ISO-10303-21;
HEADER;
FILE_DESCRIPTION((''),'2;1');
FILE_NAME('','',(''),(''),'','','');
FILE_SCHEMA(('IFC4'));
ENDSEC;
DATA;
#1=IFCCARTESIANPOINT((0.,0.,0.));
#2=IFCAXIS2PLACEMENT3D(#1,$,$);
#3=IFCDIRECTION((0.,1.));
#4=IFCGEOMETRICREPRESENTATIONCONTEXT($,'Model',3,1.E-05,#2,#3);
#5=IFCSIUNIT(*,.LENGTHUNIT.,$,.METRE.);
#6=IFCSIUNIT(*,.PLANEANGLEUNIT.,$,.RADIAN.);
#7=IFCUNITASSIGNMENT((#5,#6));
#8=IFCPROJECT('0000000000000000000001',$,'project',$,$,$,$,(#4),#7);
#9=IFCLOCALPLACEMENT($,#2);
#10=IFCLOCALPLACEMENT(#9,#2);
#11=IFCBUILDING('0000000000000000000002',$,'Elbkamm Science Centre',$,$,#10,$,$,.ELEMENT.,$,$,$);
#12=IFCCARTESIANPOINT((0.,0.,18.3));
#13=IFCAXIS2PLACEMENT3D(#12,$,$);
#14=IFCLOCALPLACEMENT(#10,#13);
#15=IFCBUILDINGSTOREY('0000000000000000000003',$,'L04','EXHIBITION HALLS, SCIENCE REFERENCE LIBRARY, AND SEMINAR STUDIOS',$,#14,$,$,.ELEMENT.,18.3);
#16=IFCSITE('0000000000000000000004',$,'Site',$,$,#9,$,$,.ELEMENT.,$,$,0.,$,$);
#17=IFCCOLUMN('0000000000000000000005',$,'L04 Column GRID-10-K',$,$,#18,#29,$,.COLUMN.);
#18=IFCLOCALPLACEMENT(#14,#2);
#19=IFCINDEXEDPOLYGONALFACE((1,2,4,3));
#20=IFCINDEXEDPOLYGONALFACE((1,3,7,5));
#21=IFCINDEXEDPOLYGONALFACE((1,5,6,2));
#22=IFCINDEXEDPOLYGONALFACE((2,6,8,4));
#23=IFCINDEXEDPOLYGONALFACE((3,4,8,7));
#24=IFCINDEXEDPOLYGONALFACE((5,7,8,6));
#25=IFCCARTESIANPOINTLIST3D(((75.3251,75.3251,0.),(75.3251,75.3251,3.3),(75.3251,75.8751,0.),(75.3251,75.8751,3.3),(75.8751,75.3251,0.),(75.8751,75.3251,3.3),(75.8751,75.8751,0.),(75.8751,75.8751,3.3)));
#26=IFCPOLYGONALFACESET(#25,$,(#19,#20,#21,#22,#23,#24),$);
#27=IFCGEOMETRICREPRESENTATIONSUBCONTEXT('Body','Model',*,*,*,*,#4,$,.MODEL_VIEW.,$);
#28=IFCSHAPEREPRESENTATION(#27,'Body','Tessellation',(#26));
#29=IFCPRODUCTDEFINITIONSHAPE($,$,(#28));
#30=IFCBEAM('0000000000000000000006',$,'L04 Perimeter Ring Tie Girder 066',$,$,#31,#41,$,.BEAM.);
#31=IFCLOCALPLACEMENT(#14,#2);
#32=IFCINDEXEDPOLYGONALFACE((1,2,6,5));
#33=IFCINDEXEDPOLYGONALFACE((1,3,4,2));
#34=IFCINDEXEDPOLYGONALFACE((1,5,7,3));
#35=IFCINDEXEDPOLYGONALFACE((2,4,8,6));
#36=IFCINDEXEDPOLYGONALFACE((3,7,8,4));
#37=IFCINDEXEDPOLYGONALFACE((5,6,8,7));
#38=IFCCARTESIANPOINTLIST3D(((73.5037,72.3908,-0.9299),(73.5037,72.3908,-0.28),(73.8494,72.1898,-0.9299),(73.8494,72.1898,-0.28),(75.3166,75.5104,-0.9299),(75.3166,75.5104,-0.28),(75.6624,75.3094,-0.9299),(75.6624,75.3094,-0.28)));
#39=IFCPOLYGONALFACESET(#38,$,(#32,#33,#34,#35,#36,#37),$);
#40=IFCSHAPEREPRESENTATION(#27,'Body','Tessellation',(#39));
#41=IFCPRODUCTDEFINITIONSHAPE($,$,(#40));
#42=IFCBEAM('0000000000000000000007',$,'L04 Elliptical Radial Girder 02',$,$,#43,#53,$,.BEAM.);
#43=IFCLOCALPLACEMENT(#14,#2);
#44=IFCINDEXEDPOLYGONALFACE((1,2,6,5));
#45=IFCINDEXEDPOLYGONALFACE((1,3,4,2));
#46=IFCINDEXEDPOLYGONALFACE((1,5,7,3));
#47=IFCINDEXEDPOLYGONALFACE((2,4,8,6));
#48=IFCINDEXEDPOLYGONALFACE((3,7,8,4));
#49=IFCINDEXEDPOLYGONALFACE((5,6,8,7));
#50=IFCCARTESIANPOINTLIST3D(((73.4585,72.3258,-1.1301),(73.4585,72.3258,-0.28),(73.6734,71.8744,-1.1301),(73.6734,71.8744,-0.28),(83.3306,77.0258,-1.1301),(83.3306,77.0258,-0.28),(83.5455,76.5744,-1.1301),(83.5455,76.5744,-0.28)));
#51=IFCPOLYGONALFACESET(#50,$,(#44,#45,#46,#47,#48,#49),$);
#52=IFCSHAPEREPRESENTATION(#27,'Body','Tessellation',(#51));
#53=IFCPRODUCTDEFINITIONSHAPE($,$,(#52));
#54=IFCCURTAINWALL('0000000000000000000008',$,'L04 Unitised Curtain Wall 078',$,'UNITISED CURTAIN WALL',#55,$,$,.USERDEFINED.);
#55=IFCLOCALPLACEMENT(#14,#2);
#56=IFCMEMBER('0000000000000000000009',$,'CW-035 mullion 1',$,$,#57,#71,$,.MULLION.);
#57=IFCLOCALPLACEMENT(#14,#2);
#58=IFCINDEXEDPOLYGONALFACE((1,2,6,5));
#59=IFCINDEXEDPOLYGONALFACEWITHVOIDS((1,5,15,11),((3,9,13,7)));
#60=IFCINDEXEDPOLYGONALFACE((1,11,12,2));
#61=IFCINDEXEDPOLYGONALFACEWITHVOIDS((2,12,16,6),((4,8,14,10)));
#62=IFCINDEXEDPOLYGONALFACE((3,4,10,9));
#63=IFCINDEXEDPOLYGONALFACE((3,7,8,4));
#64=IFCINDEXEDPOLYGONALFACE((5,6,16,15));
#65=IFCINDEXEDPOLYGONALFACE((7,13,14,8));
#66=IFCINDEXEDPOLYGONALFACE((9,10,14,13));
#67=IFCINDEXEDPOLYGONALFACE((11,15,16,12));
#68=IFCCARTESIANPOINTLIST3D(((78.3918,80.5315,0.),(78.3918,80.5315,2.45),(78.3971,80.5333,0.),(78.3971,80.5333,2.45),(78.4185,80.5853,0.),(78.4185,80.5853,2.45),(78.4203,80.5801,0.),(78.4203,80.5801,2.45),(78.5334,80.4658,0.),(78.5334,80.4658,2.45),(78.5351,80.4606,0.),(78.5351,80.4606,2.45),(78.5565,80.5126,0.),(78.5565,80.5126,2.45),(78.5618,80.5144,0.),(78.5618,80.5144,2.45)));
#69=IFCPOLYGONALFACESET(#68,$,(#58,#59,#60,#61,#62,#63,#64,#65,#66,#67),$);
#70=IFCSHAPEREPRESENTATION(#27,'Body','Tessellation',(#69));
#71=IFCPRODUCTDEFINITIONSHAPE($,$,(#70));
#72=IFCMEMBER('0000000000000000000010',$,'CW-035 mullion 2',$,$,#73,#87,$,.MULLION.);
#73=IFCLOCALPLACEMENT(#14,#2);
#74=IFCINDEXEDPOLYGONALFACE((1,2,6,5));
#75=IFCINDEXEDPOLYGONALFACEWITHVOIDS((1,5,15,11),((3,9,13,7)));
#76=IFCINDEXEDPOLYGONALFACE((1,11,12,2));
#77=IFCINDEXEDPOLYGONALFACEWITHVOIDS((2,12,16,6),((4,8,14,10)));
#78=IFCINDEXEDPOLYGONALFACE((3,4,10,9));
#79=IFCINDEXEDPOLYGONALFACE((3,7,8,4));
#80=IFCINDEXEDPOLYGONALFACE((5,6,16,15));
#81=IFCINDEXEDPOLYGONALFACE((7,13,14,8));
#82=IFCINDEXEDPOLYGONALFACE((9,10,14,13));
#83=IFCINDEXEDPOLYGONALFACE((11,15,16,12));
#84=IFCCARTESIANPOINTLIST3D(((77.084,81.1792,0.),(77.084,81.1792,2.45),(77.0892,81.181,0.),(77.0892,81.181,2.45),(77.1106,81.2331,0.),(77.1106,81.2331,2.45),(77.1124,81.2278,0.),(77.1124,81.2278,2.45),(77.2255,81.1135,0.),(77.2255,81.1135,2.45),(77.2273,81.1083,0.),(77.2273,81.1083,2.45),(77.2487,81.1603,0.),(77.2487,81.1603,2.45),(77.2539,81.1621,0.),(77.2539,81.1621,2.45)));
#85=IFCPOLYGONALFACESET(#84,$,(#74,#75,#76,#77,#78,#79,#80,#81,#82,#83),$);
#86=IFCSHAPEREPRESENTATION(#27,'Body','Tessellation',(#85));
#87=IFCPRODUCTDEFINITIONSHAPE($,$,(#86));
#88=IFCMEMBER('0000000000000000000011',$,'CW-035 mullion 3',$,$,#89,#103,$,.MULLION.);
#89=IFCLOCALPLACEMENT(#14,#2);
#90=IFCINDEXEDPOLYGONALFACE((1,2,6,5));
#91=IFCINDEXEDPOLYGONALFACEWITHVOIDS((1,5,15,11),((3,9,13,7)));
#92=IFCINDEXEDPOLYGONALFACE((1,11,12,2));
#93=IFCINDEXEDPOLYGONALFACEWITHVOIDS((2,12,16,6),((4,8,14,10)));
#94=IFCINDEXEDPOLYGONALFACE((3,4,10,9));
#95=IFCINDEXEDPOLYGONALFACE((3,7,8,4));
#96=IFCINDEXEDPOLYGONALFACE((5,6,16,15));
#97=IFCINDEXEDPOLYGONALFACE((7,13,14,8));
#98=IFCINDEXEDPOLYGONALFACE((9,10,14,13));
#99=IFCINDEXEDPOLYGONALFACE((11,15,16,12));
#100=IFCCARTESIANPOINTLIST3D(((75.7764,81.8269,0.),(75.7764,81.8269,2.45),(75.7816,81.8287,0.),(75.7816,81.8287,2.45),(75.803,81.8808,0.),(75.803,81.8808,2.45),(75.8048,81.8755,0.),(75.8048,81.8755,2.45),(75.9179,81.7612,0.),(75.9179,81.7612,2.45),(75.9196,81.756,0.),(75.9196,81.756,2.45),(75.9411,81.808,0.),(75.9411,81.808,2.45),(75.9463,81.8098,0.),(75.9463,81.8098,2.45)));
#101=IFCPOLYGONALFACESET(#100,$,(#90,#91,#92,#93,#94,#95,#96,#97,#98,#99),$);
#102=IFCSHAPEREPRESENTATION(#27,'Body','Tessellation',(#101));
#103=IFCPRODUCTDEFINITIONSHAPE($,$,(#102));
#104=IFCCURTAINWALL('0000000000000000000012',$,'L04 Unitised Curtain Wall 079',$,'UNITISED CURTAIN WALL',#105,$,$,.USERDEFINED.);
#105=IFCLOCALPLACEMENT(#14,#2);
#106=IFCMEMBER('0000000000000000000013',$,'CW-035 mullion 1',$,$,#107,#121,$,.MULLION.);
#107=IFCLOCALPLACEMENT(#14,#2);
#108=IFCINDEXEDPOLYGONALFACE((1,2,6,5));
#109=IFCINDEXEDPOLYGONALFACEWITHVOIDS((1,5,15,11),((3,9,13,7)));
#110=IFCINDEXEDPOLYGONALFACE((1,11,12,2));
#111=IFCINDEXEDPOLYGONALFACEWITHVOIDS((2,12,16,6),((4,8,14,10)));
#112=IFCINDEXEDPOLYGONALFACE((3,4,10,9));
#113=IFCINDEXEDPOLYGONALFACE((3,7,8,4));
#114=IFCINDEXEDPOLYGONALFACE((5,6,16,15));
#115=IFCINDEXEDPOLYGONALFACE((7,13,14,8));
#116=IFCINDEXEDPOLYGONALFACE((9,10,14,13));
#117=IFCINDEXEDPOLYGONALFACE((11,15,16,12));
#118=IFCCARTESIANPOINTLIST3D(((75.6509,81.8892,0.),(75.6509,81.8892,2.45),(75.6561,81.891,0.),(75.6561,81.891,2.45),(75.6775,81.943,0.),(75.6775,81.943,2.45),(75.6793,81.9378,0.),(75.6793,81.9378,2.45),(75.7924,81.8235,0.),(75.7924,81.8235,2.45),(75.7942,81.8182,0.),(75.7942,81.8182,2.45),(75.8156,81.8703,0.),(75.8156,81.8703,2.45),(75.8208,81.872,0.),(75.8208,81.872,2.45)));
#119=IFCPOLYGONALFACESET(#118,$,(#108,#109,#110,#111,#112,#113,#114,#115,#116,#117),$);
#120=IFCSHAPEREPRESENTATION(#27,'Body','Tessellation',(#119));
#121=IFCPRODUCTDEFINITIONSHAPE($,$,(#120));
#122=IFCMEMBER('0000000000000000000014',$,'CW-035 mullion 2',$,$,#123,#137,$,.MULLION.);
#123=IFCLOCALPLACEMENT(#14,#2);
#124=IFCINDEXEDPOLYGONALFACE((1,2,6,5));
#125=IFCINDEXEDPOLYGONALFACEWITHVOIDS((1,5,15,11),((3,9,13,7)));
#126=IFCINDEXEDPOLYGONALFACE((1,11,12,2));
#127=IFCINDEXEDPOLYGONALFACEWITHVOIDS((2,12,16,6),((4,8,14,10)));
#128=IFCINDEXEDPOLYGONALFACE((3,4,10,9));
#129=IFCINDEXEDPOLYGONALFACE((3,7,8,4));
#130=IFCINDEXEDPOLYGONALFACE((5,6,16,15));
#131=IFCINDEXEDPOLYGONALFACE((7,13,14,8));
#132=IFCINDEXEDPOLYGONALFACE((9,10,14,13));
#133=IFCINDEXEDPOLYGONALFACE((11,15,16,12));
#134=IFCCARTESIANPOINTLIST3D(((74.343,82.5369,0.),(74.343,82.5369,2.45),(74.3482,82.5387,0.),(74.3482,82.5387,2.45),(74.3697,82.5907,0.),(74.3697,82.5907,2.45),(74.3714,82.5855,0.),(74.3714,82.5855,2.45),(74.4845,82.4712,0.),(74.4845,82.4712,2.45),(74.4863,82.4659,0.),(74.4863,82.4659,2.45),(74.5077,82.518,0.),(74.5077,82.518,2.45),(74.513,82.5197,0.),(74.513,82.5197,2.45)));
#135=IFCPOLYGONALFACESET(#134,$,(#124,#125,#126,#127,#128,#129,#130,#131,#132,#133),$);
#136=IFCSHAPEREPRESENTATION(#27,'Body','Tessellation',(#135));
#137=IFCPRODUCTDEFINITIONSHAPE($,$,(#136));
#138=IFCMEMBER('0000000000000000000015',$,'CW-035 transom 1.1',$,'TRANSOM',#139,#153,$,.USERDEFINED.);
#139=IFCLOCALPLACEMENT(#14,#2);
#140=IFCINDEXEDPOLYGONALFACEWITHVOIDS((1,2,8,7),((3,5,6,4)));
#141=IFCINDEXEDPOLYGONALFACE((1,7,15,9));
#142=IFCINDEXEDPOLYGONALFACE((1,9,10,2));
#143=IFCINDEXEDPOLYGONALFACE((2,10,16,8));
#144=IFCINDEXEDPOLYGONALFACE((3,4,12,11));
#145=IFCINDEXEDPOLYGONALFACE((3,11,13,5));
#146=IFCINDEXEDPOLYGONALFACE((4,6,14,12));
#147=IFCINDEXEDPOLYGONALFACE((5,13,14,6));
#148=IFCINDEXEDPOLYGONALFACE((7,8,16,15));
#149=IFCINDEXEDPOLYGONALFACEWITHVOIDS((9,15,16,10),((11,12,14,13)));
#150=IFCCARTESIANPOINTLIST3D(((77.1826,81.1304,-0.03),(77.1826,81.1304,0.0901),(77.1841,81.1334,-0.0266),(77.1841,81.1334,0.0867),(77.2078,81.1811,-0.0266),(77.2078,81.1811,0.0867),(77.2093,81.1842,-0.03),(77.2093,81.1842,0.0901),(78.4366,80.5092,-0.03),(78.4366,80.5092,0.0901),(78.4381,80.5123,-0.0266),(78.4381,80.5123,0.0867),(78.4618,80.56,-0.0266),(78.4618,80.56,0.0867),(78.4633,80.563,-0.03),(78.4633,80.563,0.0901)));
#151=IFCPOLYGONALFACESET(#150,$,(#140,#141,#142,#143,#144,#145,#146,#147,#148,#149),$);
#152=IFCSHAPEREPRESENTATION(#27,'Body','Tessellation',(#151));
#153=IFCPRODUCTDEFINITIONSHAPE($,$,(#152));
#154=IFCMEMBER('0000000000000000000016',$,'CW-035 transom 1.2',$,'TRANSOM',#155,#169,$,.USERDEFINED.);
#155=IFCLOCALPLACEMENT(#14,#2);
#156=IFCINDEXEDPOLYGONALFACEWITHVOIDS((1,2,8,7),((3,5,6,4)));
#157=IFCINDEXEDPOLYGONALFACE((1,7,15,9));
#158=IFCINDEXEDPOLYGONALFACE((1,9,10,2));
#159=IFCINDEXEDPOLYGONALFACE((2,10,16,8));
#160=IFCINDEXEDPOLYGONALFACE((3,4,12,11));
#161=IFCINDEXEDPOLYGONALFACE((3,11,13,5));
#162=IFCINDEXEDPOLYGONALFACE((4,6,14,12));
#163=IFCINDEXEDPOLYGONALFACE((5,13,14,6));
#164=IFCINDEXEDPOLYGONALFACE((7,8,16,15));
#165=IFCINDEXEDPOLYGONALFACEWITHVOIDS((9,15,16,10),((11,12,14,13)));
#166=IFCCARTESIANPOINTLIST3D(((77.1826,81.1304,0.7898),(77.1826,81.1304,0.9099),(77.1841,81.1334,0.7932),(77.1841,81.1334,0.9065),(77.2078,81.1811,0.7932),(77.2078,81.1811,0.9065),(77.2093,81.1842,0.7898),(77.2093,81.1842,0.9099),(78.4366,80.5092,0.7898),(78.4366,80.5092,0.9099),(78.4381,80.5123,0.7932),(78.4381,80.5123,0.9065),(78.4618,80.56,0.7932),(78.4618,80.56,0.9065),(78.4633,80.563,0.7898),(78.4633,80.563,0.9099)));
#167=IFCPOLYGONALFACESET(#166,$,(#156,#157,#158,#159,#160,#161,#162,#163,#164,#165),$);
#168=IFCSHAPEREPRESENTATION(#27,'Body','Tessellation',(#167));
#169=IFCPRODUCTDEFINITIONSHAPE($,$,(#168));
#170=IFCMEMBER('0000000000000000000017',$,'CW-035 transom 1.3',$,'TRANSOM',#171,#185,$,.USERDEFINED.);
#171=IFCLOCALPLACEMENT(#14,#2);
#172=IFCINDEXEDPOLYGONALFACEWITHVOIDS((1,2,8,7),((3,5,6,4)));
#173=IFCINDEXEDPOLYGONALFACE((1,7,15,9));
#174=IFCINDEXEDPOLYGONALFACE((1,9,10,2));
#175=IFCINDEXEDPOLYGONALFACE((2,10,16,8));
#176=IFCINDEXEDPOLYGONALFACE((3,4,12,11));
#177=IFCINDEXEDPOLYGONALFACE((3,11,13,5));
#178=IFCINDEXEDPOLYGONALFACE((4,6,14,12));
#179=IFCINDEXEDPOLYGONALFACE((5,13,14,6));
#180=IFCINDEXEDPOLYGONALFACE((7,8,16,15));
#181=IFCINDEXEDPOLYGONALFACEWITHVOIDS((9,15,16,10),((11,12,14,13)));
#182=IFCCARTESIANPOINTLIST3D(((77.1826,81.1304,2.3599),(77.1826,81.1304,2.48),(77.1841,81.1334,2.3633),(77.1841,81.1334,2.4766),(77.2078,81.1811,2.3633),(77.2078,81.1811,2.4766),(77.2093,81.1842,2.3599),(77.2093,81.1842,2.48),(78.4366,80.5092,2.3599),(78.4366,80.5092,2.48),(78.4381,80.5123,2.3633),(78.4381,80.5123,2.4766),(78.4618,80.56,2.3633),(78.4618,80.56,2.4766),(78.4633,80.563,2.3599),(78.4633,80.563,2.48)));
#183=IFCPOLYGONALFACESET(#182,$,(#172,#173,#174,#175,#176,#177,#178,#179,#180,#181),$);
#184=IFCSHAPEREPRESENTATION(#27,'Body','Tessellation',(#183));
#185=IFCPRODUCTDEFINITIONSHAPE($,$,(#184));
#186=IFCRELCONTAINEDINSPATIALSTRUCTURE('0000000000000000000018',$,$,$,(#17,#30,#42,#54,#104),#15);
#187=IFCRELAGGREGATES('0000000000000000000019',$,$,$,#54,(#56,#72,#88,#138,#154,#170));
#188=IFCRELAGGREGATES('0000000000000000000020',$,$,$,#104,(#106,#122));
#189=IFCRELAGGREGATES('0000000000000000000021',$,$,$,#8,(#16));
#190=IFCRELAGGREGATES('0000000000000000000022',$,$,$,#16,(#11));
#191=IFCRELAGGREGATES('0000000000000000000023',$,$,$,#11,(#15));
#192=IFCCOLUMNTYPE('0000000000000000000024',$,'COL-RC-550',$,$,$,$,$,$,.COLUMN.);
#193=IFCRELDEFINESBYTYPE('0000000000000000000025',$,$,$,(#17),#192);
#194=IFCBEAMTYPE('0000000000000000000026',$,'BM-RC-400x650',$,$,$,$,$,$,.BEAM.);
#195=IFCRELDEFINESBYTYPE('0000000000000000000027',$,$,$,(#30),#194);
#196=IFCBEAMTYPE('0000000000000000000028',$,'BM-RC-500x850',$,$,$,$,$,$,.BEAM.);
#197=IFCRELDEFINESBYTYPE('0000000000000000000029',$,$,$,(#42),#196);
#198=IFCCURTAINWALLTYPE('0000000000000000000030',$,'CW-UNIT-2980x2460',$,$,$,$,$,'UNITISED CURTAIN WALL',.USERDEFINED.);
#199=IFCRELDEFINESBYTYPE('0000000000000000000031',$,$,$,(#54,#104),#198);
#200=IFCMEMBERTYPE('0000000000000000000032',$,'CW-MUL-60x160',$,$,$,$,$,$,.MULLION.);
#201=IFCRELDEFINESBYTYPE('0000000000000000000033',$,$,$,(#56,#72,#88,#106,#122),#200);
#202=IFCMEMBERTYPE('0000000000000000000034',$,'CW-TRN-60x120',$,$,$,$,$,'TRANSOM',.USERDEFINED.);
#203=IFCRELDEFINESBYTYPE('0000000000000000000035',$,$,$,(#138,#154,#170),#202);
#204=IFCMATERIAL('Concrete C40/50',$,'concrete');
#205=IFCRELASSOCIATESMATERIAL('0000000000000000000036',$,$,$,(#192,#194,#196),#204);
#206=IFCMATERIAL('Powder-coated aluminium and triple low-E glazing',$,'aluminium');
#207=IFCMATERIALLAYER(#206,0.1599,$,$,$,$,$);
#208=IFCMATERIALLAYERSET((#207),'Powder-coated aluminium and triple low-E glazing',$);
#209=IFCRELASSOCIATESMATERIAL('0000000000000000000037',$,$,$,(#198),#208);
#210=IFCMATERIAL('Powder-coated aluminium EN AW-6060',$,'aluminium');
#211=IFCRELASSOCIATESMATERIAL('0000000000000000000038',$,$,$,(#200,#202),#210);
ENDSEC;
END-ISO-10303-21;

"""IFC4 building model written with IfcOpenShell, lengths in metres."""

from ifc_helpers import new_model, si_unit, direction, frame, origin, origin_2d, place, context, subcontext, project, spatial, rectangle, hollow_rectangle, extrude, material, layer, layer_set, material_profile, profile_set, type_object, element, aggregate, save


model = new_model("IFC4")

# Units and contexts
model_context = context("Model", 3, precision=1e-05, world=origin(), true_north=direction((0.0, 1.0)))
body_context = subcontext(model_context, "Body", "Model", "MODEL_VIEW")
ifc_project = project(units=[si_unit("LENGTHUNIT", "METRE"), si_unit("PLANEANGLEUNIT", "RADIAN")], contexts=[model_context])

# Site, building, storey
site_placement = place(None, origin())
site = spatial("IfcSite", under=ifc_project, at=site_placement, Name="Site", CompositionType="ELEMENT", RefElevation=0.0)
building_placement = place(site_placement, origin())
building = spatial("IfcBuilding", under=site, at=building_placement, Name="Elbkamm Science Centre", CompositionType="ELEMENT")
storey_placement = place(building_placement, frame((0.0, 0.0, 18.3)))
storey = spatial("IfcBuildingStorey", under=building, at=storey_placement, Name="L04", Description="EXHIBITION HALLS, SCIENCE REFERENCE LIBRARY, AND SEMINAR STUDIOS", CompositionType="ELEMENT", Elevation=18.3)

# Column
ifc_material_1 = material(Name="Concrete C40/50", Category="concrete")
ifc_material_profile_1 = material_profile(ifc_material_1, rectangle(XDim=0.55, YDim=0.55, at=origin_2d()), Name="RC 550x550")
ifc_profile_set_1 = profile_set([ifc_material_profile_1], Name="Concrete C40/50")
column_type = type_object("IfcColumnType", Name="COL-RC-550", PredefinedType="COLUMN", material=ifc_profile_set_1)
column_placement = place(storey_placement, frame((75.6001, 75.6001, 0.0), z_axis=(0.0, 0.0, 1.0), x_axis=(1.0, 0.0, 0.0)))
element("IfcColumn", 1, at=column_placement, inside=storey, type_object=column_type, Name="L04 Column GRID-10-K", PredefinedType="COLUMN", context=body_context, shape_type="SweptSolid", body=[
    extrude(rectangle(XDim=0.55, YDim=0.55, at=origin_2d()), origin(), (0.0, 0.0, 1.0), 3.3),
])

# Beams
ifc_material_profile_2 = material_profile(ifc_material_1, rectangle(XDim=0.3999, YDim=0.6499, at=origin_2d()), Name="RC 400x650")
ifc_profile_set_2 = profile_set([ifc_material_profile_2], Name="Concrete C40/50")
beam_type_1 = type_object("IfcBeamType", Name="BM-RC-400x650", PredefinedType="BEAM", material=ifc_profile_set_2)
beam_1_placement = place(storey_placement, frame((75.4895, 75.4099, -0.605), z_axis=(-0.502465, -0.864597, 0.0), x_axis=(0.864597, -0.502465, 0.0)))
element("IfcBeam", 2, at=beam_1_placement, inside=storey, type_object=beam_type_1, Name="L04 Perimeter Ring Tie Girder 066", PredefinedType="BEAM", context=body_context, shape_type="SweptSolid", body=[
    extrude(rectangle(XDim=0.3999, YDim=0.6499, at=origin_2d()), origin(), (0.0, 0.0, 1.0), 3.6082),
])
ifc_material_profile_3 = material_profile(ifc_material_1, rectangle(XDim=0.5, YDim=0.8501, at=origin_2d()), Name="RC 500x850")
ifc_profile_set_3 = profile_set([ifc_material_profile_3], Name="Concrete C40/50")
beam_type_2 = type_object("IfcBeamType", Name="BM-RC-500x850", PredefinedType="BEAM", material=ifc_profile_set_3)
beam_2_placement = place(storey_placement, frame((73.5659, 72.1001, -0.7051), z_axis=(0.902897, 0.429856, 0.0), x_axis=(-0.429856, 0.902897, 0.0)))
element("IfcBeam", 3, at=beam_2_placement, inside=storey, type_object=beam_type_2, Name="L04 Elliptical Radial Girder 02", PredefinedType="BEAM", context=body_context, shape_type="SweptSolid", body=[
    extrude(rectangle(XDim=0.5, YDim=0.8501, at=origin_2d()), origin(), (0.0, 0.0, 1.0), 10.9338),
])

# Curtain walls, members
ifc_material_2 = material(Name="Powder-coated aluminium and triple low-E glazing", Category="aluminium")
ifc_layer_1 = layer(ifc_material_2, 0.1599)
ifc_layer_set_1 = layer_set([ifc_layer_1], Name="Powder-coated aluminium and triple low-E glazing")
curtain_wall_type = type_object("IfcCurtainWallType", Name="CW-UNIT-2980x2460", ElementType="UNITISED CURTAIN WALL", PredefinedType="USERDEFINED", material=ifc_layer_set_1)
curtain_wall_1_placement = place(storey_placement, origin())
curtain_wall_1 = element("IfcCurtainWall", 4, at=curtain_wall_1_placement, inside=storey, type_object=curtain_wall_type, Name="L04 Unitised Curtain Wall 078", ObjectType="UNITISED CURTAIN WALL", PredefinedType="USERDEFINED")
ifc_material_3 = material(Name="Powder-coated aluminium EN AW-6060", Category="aluminium")
ifc_material_profile_4 = material_profile(ifc_material_3, hollow_rectangle(XDim=0.0601, YDim=0.1599, WallThickness=0.0039, at=origin_2d()), Name="ALU M60x160")
ifc_profile_set_4 = profile_set([ifc_material_profile_4], Name="Powder-coated aluminium EN AW-6060")
member_type_1 = type_object("IfcMemberType", Name="CW-MUL-60x160", PredefinedType="MULLION", material=ifc_profile_set_4)
member_1_placement = place(storey_placement, frame((78.4768, 80.5229, 0.0), z_axis=(0.0, 0.0, 1.0), x_axis=(-0.44384, -0.896106, 0.0)))
member_1 = element("IfcMember", 5, at=member_1_placement, type_object=member_type_1, Name="CW-035 mullion 1", PredefinedType="MULLION", context=body_context, shape_type="SweptSolid", body=[
    extrude(hollow_rectangle(XDim=0.0601, YDim=0.1599, WallThickness=0.0039, at=origin_2d()), origin(), (0.0, 0.0, 1.0), 2.45),
])
member_2_placement = place(storey_placement, frame((77.1689, 81.1707, 0.0), z_axis=(0.0, 0.0, 1.0), x_axis=(-0.44384, -0.896106, 0.0)))
member_2 = element("IfcMember", 6, at=member_2_placement, type_object=member_type_1, Name="CW-035 mullion 2", PredefinedType="MULLION", context=body_context, shape_type="SweptSolid", body=[
    extrude(hollow_rectangle(XDim=0.0601, YDim=0.1599, WallThickness=0.0039, at=origin_2d()), origin(), (0.0, 0.0, 1.0), 2.45),
])
member_3_placement = place(storey_placement, frame((75.8613, 81.8184, 0.0), z_axis=(0.0, 0.0, 1.0), x_axis=(-0.44384, -0.896106, 0.0)))
member_3 = element("IfcMember", 7, at=member_3_placement, type_object=member_type_1, Name="CW-035 mullion 3", PredefinedType="MULLION", context=body_context, shape_type="SweptSolid", body=[
    extrude(hollow_rectangle(XDim=0.0601, YDim=0.1599, WallThickness=0.0039, at=origin_2d()), origin(), (0.0, 0.0, 1.0), 2.45),
])
curtain_wall_2_placement = place(storey_placement, origin())
curtain_wall_2 = element("IfcCurtainWall", 8, at=curtain_wall_2_placement, inside=storey, type_object=curtain_wall_type, Name="L04 Unitised Curtain Wall 079", ObjectType="UNITISED CURTAIN WALL", PredefinedType="USERDEFINED")
member_4_placement = place(storey_placement, frame((75.7358, 81.8806, 0.0), z_axis=(0.0, 0.0, 1.0), x_axis=(-0.44384, -0.896106, 0.0)))
member_4 = element("IfcMember", 9, at=member_4_placement, type_object=member_type_1, Name="CW-035 mullion 1", PredefinedType="MULLION", context=body_context, shape_type="SweptSolid", body=[
    extrude(hollow_rectangle(XDim=0.0601, YDim=0.1599, WallThickness=0.0039, at=origin_2d()), origin(), (0.0, 0.0, 1.0), 2.45),
])
member_5_placement = place(storey_placement, frame((74.428, 82.5283, 0.0), z_axis=(0.0, 0.0, 1.0), x_axis=(-0.44384, -0.896106, 0.0)))
member_5 = element("IfcMember", 10, at=member_5_placement, type_object=member_type_1, Name="CW-035 mullion 2", PredefinedType="MULLION", context=body_context, shape_type="SweptSolid", body=[
    extrude(hollow_rectangle(XDim=0.0601, YDim=0.1599, WallThickness=0.0039, at=origin_2d()), origin(), (0.0, 0.0, 1.0), 2.45),
])

# Members
ifc_material_profile_5 = material_profile(ifc_material_3, hollow_rectangle(XDim=0.0601, YDim=0.1201, WallThickness=0.0034, at=origin_2d()), Name="ALU T60x120")
ifc_profile_set_5 = profile_set([ifc_material_profile_5], Name="Powder-coated aluminium EN AW-6060")
member_type_2 = type_object("IfcMemberType", Name="CW-TRN-60x120", ElementType="TRANSOM", PredefinedType="USERDEFINED", material=ifc_profile_set_5)
member_6_placement = place(storey_placement, frame((78.45, 80.5361, 0.03), z_axis=(-0.896096, 0.443861, 0.0), x_axis=(-0.443861, -0.896096, 0.0)))
member_6 = element("IfcMember", 11, at=member_6_placement, type_object=member_type_2, Name="CW-035 transom 1.1", ObjectType="TRANSOM", PredefinedType="USERDEFINED", context=body_context, shape_type="SweptSolid", body=[
    extrude(hollow_rectangle(XDim=0.0601, YDim=0.1201, WallThickness=0.0034, at=origin_2d()), origin(), (0.0, 0.0, 1.0), 1.3994),
])
member_7_placement = place(storey_placement, frame((78.45, 80.5361, 0.8499), z_axis=(-0.896096, 0.443861, 0.0), x_axis=(-0.443861, -0.896096, 0.0)))
member_7 = element("IfcMember", 12, at=member_7_placement, type_object=member_type_2, Name="CW-035 transom 1.2", ObjectType="TRANSOM", PredefinedType="USERDEFINED", context=body_context, shape_type="SweptSolid", body=[
    extrude(hollow_rectangle(XDim=0.0601, YDim=0.1201, WallThickness=0.0034, at=origin_2d()), origin(), (0.0, 0.0, 1.0), 1.3994),
])
member_8_placement = place(storey_placement, frame((78.45, 80.5361, 2.4199), z_axis=(-0.896096, 0.443861, 0.0), x_axis=(-0.443861, -0.896096, 0.0)))
member_8 = element("IfcMember", 13, at=member_8_placement, type_object=member_type_2, Name="CW-035 transom 1.3", ObjectType="TRANSOM", PredefinedType="USERDEFINED", context=body_context, shape_type="SweptSolid", body=[
    extrude(hollow_rectangle(XDim=0.0601, YDim=0.1201, WallThickness=0.0034, at=origin_2d()), origin(), (0.0, 0.0, 1.0), 1.3994),
])

aggregate(curtain_wall_1, [member_1, member_2, member_3, member_6, member_7, member_8])
aggregate(curtain_wall_2, [member_4, member_5])

save(model, "model.ifc")
